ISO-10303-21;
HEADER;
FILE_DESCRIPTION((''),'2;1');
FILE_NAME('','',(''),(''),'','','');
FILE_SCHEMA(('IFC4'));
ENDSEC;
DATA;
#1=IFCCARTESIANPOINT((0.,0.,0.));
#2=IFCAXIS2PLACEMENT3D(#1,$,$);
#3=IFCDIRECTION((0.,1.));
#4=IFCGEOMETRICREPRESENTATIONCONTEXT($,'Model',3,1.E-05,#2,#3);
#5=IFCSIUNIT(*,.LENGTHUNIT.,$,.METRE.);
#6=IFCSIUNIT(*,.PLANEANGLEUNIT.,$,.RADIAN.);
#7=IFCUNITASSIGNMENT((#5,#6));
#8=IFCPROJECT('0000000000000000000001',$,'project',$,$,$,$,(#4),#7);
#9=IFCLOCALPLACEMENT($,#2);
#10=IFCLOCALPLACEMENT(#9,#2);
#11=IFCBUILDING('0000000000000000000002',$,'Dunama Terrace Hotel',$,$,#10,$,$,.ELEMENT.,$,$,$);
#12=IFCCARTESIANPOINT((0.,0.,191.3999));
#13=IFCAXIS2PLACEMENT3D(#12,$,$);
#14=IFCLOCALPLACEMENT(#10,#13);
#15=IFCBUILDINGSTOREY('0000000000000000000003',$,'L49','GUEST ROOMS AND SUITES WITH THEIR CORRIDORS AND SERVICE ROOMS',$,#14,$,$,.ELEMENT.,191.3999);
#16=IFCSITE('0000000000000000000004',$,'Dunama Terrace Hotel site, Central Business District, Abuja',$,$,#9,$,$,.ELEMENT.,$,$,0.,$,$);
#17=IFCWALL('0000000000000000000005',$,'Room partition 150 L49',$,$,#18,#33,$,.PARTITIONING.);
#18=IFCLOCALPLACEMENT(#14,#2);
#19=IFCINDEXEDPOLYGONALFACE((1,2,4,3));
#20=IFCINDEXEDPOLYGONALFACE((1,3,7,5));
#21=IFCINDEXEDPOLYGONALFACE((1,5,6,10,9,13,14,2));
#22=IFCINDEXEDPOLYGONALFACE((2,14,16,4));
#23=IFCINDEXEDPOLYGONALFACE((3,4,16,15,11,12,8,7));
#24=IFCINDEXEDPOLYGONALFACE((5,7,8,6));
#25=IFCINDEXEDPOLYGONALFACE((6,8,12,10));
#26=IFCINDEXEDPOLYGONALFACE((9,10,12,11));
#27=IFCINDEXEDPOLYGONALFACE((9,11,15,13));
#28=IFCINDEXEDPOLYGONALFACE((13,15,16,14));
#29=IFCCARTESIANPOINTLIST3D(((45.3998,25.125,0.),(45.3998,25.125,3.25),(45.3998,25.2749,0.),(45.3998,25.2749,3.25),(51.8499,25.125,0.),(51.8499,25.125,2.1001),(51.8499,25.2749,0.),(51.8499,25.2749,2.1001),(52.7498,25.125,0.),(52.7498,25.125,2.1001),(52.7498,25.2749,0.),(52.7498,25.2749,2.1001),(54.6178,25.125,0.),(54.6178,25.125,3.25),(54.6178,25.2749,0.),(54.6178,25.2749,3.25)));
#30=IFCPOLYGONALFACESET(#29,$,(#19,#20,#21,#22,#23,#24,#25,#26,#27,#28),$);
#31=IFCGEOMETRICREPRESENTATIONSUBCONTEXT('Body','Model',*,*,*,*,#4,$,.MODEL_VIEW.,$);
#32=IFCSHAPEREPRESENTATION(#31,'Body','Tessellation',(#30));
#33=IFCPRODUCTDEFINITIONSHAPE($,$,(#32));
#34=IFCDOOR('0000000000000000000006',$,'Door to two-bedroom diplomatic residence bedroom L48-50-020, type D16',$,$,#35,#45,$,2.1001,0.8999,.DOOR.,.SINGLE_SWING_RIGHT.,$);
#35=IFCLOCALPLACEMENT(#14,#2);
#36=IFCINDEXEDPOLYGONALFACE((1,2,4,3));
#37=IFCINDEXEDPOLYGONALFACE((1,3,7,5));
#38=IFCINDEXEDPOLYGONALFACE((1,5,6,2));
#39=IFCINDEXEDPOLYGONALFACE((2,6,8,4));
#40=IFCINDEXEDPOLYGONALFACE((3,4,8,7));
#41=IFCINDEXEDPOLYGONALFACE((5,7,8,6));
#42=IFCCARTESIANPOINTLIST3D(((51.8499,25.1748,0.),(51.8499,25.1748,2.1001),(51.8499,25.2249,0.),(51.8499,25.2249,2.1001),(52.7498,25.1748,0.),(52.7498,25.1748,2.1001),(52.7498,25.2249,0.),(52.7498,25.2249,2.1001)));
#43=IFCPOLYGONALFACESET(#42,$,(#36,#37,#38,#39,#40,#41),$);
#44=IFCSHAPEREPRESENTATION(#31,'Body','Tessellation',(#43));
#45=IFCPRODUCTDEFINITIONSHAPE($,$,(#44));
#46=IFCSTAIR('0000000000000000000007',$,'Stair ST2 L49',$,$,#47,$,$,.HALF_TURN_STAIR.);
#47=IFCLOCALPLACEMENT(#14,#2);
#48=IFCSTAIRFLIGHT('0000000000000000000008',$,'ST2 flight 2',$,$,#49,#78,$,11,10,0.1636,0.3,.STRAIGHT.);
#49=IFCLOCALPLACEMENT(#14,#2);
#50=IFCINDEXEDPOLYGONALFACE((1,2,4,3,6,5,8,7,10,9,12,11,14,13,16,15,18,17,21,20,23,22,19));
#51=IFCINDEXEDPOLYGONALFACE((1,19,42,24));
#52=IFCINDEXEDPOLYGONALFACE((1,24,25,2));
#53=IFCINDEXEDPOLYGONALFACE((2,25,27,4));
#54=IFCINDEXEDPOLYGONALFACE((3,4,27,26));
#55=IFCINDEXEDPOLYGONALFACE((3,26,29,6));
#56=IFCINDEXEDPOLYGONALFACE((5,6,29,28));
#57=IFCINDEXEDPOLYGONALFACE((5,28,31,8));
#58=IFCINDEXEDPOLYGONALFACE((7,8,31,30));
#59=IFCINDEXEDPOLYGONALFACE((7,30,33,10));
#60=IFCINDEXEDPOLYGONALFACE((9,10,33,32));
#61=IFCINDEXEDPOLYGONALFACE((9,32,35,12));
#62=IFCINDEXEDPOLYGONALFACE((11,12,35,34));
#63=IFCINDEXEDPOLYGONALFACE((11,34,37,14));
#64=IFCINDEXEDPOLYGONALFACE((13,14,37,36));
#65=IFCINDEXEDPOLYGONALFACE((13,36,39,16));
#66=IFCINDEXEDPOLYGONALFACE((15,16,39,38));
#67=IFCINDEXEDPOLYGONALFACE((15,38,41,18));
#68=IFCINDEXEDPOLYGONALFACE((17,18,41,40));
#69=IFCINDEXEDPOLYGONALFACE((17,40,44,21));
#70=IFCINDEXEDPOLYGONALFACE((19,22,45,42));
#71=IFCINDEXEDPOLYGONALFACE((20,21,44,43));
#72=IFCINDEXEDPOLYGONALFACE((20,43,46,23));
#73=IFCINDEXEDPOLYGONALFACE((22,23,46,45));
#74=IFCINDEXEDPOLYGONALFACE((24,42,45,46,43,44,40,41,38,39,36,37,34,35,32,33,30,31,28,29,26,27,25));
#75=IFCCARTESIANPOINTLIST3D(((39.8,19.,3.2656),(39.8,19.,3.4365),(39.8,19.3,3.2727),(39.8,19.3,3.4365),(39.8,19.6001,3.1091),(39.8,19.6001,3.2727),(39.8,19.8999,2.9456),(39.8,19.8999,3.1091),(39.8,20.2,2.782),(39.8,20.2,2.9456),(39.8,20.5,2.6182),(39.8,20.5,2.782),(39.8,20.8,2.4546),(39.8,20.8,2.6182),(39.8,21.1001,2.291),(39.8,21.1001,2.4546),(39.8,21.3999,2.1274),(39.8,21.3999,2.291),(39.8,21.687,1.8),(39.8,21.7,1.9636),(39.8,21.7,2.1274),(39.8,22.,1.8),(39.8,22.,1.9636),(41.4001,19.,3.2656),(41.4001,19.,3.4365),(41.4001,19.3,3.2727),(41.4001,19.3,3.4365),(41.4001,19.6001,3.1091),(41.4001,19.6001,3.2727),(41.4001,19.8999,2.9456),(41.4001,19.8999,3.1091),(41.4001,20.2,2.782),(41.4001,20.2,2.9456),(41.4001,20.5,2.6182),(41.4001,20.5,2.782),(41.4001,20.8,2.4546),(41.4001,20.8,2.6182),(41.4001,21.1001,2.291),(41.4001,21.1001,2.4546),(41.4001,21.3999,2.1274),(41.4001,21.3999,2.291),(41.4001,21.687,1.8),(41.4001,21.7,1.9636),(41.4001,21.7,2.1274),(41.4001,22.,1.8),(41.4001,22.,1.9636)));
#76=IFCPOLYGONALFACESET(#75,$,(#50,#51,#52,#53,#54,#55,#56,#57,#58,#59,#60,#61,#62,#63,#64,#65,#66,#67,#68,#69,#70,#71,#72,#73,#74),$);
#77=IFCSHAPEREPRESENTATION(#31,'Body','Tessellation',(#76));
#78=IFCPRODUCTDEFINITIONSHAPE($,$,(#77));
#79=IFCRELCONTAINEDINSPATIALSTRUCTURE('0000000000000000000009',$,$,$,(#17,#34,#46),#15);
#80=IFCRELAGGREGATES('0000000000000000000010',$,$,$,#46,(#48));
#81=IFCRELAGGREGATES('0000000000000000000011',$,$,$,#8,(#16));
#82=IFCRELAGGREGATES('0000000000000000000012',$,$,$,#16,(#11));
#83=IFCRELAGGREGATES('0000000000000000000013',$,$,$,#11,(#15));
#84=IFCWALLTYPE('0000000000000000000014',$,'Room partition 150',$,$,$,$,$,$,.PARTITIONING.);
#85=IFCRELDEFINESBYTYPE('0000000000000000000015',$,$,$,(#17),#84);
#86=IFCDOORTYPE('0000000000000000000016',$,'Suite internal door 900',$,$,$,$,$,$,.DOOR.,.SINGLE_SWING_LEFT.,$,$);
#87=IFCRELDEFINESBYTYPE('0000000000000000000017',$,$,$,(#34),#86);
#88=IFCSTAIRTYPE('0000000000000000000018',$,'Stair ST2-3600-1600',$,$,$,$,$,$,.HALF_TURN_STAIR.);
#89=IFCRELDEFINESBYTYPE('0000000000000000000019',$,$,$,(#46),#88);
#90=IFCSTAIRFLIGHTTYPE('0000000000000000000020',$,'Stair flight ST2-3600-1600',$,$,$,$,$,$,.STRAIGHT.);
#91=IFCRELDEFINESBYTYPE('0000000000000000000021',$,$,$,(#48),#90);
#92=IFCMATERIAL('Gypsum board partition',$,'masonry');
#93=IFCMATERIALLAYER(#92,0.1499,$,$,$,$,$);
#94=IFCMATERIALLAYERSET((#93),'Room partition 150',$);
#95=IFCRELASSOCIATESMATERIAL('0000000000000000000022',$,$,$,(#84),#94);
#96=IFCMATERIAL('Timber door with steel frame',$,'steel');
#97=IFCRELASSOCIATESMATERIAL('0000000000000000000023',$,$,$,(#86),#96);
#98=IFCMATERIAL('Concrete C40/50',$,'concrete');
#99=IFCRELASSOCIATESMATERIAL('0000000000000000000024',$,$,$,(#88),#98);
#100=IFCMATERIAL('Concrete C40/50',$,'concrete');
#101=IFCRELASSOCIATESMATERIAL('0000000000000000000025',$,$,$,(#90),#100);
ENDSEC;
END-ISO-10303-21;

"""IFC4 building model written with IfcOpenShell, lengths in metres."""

from ifc_helpers import new_model, si_unit, direction, frame, frame_2d, origin, place, context, subcontext, project, spatial, polyline, rectangle, outline, extrude, material, layer, layer_set, type_object, element, fill, aggregate, save


model = new_model("IFC4")

# Units and contexts
model_context = context("Model", 3, precision=1e-05, world=origin(), true_north=direction((0.0, 1.0)))
body_context = subcontext(model_context, "Body", "Model", "MODEL_VIEW")
ifc_project = project(units=[si_unit("LENGTHUNIT", "METRE"), si_unit("PLANEANGLEUNIT", "RADIAN")], contexts=[model_context])

# Site, building, storey
site_placement = place(None, origin())
site = spatial("IfcSite", under=ifc_project, at=site_placement, Name="Dunama Terrace Hotel site, Central Business District, Abuja", CompositionType="ELEMENT", RefElevation=0.0)
building_placement = place(site_placement, origin())
building = spatial("IfcBuilding", under=site, at=building_placement, Name="Dunama Terrace Hotel", CompositionType="ELEMENT")
storey_placement = place(building_placement, frame((0.0, 0.0, 191.3999)))
storey = spatial("IfcBuildingStorey", under=building, at=storey_placement, Name="L49", Description="GUEST ROOMS AND SUITES WITH THEIR CORRIDORS AND SERVICE ROOMS", CompositionType="ELEMENT", Elevation=191.3999)

# Wall, opening, door
ifc_material_1 = material(Name="Gypsum board partition", Category="masonry")
ifc_layer_1 = layer(ifc_material_1, 0.1499)
ifc_layer_set_1 = layer_set([ifc_layer_1], Name="Room partition 150")
wall_type_1 = type_object("IfcWallType", Name="Room partition 150", PredefinedType="PARTITIONING", material=ifc_layer_set_1)
ifc_material_2 = material(Name="Timber door with steel frame", Category="steel")
door_type_1 = type_object("IfcDoorType", Name="Suite internal door 900", OperationType="SINGLE_SWING_LEFT", PredefinedType="DOOR", material=ifc_material_2)
wall_1_placement = place(storey_placement, frame((45.3999, 25.2, 0.0), z_axis=(0.0, 0.0, 1.0), x_axis=(1.0, 0.0, 0.0)))
wall_1 = element("IfcWall", 1, at=wall_1_placement, inside=storey, type_object=wall_type_1, Name="Room partition 150 L49", PredefinedType="PARTITIONING", context=body_context, shape_type="SweptSolid", body=[
    extrude(rectangle(XDim=9.218, YDim=0.1499, at=frame_2d((4.6089, 0.0))), origin(), (0.0, 0.0, 1.0), 3.25),
])
opening_1_placement = place(wall_1_placement, frame((6.45, 0.0, 0.0)))
opening_1 = element("IfcOpeningElement", 2, at=opening_1_placement, cuts=wall_1, PredefinedType="OPENING", context=body_context, shape_type="SweptSolid", body=[
    extrude(rectangle(XDim=0.8999, YDim=2.1001, at=frame_2d((0.45, 1.05))), frame((0.0, 0.085, 0.0), z_axis=(0.0, -1.0, 0.0), x_axis=(1.0, 0.0, 0.0)), (0.0, 0.0, 1.0), 0.1699),
])
door_1_placement = place(opening_1_placement, origin())
door_1 = element("IfcDoor", 3, at=door_1_placement, inside=storey, type_object=door_type_1, Name="Door to two-bedroom diplomatic residence bedroom L48-50-020, type D16", OperationType="SINGLE_SWING_RIGHT", OverallHeight=2.1001, OverallWidth=0.8999, PredefinedType="DOOR", context=body_context, shape_type="SweptSolid", body=[
    extrude(rectangle(XDim=0.8999, YDim=2.1001, at=frame_2d((0.45, 1.05))), frame((0.0, 0.0249, 0.0), z_axis=(0.0, -1.0, 0.0), x_axis=(1.0, 0.0, 0.0)), (0.0, 0.0, 1.0), 0.05),
])
fill(opening_1, door_1)

# Stair, stair flight
ifc_material_3 = material(Name="Concrete C40/50", Category="concrete")
stair_type = type_object("IfcStairType", Name="Stair ST2-3600-1600", PredefinedType="HALF_TURN_STAIR", material=ifc_material_3)
stair_placement = place(storey_placement, origin())
stair = element("IfcStair", 4, at=stair_placement, inside=storey, type_object=stair_type, Name="Stair ST2 L49", PredefinedType="HALF_TURN_STAIR")
ifc_material_4 = material(Name="Concrete C40/50", Category="concrete")
stair_flight_type = type_object("IfcStairFlightType", Name="Stair flight ST2-3600-1600", PredefinedType="STRAIGHT", material=ifc_material_4)
stair_flight_placement = place(storey_placement, frame((40.6001, 22.0, 1.8), z_axis=(0.0, 0.0, 1.0), x_axis=(0.0, -1.0, 0.0)))
stair_flight = element("IfcStairFlight", 5, at=stair_flight_placement, type_object=stair_flight_type, Name="ST2 flight 2", NumberOfRisers=11, NumberOfTreads=10, PredefinedType="STRAIGHT", RiserHeight=0.1636, TreadLength=0.3, context=body_context, shape_type="SweptSolid", body=[
    extrude(outline(polyline([(0.0, 0.0), (0.0, 0.1636), (0.3, 0.1636), (0.3, 0.3274), (0.6001, 0.3274), (0.6001, 0.491), (0.8999, 0.491), (0.8999, 0.6545), (1.2, 0.6545), (1.2, 0.8181), (1.5, 0.8181), (1.5, 0.9819), (1.8, 0.9819), (1.8, 1.1455), (2.1001, 1.1455), (2.1001, 1.3091), (2.3999, 1.3091), (2.3999, 1.4727), (2.7, 1.4727), (2.7, 1.6365), (3.0, 1.6365), (3.0, 1.8), (3.0, 1.4656), (0.313, 0.0), (0.0, 0.0)])), frame((0.0, 0.8, 0.0), z_axis=(0.0, -1.0, 0.0), x_axis=(1.0, 0.0, 0.0)), (0.0, 0.0, 1.0), 1.6001),
])
aggregate(stair, [stair_flight])

save(model, "model.ifc")
